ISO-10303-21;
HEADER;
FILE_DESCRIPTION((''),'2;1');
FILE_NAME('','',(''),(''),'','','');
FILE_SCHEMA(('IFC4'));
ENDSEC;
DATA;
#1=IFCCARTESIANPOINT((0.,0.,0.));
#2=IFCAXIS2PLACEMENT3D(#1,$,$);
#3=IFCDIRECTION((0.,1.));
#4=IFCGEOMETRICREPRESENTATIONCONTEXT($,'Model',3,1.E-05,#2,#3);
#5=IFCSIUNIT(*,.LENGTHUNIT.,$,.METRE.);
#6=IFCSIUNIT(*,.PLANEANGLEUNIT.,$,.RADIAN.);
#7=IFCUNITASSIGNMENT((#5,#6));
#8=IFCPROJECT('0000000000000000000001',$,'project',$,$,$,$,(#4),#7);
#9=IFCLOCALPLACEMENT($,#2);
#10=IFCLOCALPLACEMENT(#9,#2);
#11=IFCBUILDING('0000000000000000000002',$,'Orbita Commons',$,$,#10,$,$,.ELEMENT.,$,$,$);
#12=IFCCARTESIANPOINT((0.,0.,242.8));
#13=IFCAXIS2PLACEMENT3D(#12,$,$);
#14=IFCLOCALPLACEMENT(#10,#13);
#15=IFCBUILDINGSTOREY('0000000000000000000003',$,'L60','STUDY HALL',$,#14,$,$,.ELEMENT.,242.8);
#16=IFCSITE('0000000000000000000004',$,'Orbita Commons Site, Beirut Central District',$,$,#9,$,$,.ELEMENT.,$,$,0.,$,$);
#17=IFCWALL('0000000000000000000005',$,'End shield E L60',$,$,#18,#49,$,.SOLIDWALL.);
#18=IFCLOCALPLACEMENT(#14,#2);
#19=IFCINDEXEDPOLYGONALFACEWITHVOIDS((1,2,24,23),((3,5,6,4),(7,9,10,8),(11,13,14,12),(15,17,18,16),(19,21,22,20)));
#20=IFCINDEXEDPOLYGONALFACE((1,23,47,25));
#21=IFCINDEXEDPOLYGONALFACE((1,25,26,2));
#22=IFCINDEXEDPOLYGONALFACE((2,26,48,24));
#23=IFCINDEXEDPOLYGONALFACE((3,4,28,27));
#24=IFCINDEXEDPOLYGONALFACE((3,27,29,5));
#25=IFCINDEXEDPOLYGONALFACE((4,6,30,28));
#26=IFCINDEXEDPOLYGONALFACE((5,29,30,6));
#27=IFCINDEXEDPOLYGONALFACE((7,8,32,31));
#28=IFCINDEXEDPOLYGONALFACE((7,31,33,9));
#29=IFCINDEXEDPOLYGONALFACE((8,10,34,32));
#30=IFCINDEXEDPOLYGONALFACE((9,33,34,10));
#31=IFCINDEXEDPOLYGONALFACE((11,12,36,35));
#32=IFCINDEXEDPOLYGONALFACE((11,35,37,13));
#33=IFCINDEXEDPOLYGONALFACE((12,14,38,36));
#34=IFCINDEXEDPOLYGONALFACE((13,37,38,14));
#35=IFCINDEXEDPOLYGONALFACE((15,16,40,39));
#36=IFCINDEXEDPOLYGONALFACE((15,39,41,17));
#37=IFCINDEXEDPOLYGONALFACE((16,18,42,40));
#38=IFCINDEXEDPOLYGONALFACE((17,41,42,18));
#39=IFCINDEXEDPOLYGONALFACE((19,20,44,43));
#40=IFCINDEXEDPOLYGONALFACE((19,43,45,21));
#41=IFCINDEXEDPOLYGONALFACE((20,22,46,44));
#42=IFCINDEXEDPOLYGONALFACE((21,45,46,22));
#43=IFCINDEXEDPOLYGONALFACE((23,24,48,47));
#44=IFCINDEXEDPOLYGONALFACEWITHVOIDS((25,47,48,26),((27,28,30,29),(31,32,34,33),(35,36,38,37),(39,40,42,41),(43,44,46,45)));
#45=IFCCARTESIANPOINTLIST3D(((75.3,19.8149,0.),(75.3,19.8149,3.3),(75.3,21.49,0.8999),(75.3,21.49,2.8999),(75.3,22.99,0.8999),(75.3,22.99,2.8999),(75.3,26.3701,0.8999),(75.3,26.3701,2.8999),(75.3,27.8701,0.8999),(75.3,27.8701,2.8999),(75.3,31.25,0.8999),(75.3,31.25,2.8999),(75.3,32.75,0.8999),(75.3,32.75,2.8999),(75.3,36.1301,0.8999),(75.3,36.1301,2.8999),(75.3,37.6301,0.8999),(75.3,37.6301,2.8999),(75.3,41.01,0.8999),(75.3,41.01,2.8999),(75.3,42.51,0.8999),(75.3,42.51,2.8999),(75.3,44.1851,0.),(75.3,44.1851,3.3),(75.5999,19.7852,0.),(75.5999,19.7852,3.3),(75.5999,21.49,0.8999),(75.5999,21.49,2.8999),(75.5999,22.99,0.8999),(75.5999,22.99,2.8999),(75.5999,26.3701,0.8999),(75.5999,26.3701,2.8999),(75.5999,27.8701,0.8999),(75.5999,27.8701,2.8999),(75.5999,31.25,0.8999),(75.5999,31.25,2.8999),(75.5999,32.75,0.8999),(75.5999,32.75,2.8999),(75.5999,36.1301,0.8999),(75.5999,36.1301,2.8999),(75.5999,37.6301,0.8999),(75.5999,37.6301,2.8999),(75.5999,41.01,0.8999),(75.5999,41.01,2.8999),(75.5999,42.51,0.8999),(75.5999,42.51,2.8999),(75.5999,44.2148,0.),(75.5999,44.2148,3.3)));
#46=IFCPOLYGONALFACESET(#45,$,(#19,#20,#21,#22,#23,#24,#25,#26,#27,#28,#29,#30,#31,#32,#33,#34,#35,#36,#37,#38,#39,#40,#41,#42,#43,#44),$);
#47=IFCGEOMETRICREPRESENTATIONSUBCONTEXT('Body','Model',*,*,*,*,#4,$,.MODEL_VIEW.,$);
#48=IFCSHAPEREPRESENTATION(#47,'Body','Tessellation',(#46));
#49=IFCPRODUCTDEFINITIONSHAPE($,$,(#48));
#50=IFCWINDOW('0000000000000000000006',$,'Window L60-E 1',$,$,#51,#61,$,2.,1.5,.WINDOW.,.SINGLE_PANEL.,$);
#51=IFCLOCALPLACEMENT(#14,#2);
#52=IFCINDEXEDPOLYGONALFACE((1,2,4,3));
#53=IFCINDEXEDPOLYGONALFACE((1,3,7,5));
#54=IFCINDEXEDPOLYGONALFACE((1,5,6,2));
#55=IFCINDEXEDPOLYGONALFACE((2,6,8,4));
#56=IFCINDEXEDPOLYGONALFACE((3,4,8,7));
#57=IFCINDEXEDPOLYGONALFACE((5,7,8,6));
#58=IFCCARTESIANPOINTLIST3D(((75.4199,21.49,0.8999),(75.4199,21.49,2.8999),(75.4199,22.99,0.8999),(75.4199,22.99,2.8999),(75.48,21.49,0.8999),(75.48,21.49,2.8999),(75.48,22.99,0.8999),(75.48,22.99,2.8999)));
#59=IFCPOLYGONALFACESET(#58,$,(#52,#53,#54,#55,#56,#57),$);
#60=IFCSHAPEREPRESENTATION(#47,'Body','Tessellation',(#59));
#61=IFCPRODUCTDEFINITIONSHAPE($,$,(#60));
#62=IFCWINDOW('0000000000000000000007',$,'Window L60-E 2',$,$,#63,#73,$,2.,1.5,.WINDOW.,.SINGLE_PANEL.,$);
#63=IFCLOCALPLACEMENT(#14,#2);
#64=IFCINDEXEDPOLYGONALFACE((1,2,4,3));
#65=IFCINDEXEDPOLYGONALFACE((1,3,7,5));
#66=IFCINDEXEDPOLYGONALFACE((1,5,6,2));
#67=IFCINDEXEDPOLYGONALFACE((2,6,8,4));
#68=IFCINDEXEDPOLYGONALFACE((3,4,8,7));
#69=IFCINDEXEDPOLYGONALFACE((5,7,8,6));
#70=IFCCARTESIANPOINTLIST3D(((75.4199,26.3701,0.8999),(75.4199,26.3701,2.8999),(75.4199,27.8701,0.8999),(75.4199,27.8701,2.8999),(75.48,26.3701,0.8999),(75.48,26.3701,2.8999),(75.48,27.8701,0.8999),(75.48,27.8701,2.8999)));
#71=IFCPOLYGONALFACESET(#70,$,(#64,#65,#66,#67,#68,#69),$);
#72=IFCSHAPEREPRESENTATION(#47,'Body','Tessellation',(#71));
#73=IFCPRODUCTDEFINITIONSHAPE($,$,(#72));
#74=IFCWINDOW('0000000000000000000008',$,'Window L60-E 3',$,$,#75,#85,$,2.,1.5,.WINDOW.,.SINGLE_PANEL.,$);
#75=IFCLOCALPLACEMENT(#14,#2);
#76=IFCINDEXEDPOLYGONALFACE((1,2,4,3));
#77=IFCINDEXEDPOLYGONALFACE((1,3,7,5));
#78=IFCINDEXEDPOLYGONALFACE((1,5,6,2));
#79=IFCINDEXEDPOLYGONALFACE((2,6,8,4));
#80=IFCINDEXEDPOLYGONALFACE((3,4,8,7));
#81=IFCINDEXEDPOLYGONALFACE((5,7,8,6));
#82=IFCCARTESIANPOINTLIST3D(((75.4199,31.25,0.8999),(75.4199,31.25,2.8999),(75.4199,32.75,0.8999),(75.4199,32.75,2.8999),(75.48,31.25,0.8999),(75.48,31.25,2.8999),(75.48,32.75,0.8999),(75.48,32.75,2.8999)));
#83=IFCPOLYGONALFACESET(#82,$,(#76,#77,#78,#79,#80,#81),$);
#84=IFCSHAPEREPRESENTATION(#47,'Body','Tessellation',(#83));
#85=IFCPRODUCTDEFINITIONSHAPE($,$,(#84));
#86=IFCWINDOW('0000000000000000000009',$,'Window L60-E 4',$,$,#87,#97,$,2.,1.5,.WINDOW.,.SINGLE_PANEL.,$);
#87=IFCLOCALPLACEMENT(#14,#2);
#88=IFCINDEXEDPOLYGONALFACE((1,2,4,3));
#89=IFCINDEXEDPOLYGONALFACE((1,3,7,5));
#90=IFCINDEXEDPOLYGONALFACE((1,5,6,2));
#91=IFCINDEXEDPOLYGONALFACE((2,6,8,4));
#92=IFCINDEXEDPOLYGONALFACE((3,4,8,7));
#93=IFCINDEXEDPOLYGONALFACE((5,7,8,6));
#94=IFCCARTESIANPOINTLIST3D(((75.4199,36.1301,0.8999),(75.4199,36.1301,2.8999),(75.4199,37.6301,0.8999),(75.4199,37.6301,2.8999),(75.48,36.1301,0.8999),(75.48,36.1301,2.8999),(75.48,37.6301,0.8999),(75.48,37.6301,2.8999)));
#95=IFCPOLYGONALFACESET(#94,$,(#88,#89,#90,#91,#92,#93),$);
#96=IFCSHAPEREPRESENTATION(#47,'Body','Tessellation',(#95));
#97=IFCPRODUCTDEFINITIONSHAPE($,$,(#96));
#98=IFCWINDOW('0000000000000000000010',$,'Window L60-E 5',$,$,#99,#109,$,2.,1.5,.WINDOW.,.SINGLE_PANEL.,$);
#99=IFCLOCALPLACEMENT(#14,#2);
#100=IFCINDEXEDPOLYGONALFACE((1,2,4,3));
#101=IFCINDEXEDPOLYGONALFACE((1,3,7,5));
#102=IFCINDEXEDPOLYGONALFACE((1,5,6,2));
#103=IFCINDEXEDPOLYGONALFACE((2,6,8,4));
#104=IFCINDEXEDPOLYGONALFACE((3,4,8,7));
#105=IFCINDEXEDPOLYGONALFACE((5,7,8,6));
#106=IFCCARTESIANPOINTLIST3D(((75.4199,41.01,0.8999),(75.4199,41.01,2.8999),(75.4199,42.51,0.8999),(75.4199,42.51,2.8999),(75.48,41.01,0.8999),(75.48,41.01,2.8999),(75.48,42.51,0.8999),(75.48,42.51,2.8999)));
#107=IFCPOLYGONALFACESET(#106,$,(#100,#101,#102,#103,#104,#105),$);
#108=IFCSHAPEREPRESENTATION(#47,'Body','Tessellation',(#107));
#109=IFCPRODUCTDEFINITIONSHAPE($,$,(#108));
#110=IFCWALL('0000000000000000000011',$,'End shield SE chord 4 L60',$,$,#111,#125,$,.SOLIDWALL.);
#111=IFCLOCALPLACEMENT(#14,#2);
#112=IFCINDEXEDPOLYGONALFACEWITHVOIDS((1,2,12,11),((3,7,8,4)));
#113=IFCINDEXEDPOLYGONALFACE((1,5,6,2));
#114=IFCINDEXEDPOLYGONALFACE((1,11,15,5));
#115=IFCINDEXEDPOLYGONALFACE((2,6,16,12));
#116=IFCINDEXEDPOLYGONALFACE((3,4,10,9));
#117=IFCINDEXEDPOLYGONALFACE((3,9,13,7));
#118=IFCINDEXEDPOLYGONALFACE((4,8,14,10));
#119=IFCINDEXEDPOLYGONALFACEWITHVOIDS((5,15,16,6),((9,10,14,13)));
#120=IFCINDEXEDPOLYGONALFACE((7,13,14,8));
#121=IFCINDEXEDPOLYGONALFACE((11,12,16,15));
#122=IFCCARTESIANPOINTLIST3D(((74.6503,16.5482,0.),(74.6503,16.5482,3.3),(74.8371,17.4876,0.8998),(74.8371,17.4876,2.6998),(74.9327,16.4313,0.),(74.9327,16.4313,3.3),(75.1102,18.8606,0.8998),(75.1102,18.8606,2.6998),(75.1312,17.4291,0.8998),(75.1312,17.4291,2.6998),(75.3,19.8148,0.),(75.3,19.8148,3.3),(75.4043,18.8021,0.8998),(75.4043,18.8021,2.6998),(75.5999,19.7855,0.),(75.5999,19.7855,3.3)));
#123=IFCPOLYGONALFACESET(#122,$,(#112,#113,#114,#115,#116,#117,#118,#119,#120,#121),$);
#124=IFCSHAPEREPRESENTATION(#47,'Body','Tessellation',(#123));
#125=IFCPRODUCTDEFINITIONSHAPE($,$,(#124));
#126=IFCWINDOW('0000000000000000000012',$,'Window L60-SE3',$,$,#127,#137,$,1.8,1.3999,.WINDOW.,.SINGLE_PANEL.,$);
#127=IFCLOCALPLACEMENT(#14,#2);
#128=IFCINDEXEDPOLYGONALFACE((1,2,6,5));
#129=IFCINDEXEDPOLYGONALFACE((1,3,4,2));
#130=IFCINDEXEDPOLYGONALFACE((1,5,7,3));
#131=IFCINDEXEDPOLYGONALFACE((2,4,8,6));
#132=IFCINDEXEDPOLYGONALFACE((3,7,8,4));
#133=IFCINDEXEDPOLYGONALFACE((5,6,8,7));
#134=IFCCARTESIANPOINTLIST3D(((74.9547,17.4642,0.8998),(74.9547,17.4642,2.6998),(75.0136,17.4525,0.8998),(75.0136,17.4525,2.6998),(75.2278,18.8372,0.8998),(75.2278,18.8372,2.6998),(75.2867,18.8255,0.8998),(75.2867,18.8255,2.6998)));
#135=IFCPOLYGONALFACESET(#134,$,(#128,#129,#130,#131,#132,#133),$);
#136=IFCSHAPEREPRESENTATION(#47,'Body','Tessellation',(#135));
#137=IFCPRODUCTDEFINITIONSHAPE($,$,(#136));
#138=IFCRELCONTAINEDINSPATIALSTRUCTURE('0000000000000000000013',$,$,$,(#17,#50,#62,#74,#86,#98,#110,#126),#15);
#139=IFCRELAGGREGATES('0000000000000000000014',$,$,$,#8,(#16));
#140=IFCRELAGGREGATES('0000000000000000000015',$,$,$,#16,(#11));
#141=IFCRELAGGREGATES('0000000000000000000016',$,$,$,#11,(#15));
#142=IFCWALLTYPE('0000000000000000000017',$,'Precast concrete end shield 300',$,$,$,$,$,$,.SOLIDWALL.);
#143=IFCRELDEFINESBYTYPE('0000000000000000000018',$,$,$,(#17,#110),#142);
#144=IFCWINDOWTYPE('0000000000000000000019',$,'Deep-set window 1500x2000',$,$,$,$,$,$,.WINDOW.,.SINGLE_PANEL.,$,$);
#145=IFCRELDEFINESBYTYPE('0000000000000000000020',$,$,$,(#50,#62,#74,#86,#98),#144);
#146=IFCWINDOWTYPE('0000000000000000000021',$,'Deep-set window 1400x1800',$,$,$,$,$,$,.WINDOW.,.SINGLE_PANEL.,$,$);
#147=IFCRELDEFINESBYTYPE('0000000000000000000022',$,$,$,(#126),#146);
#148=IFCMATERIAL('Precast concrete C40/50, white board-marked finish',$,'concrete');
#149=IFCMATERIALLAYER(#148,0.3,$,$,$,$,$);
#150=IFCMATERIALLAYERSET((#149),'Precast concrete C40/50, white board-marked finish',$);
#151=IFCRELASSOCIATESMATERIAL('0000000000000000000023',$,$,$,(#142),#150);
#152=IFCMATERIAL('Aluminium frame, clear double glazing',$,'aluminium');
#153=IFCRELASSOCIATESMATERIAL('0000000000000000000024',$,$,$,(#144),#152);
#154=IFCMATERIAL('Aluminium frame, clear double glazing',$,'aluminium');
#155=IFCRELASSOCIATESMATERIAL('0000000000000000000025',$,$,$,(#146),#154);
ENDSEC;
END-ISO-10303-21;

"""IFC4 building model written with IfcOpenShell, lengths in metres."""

from ifc_helpers import new_model, si_unit, direction, frame, frame_2d, origin, place, context, subcontext, project, spatial, polyline, rectangle, outline, extrude, material, layer, layer_set, type_object, element, fill, save


model = new_model("IFC4")

# Units and contexts
model_context = context("Model", 3, precision=1e-05, world=origin(), true_north=direction((0.0, 1.0)))
body_context = subcontext(model_context, "Body", "Model", "MODEL_VIEW")
ifc_project = project(units=[si_unit("LENGTHUNIT", "METRE"), si_unit("PLANEANGLEUNIT", "RADIAN")], contexts=[model_context])

# Site, building, storey
site_placement = place(None, origin())
site = spatial("IfcSite", under=ifc_project, at=site_placement, Name="Orbita Commons Site, Beirut Central District", CompositionType="ELEMENT", RefElevation=0.0)
building_placement = place(site_placement, origin())
building = spatial("IfcBuilding", under=site, at=building_placement, Name="Orbita Commons", CompositionType="ELEMENT")
storey_placement = place(building_placement, frame((0.0, 0.0, 242.8)))
storey = spatial("IfcBuildingStorey", under=building, at=storey_placement, Name="L60", Description="STUDY HALL", CompositionType="ELEMENT", Elevation=242.8)

# Wall, openings, windows
ifc_material_1 = material(Name="Precast concrete C40/50, white board-marked finish", Category="concrete")
ifc_layer_1 = layer(ifc_material_1, 0.3)
ifc_layer_set_1 = layer_set([ifc_layer_1], Name="Precast concrete C40/50, white board-marked finish")
wall_type_1 = type_object("IfcWallType", Name="Precast concrete end shield 300", PredefinedType="SOLIDWALL", material=ifc_layer_set_1)
wall_1_placement = place(storey_placement, frame((75.45, 19.8, 0.0), z_axis=(0.0, 0.0, 1.0), x_axis=(0.0, 1.0, 0.0)))
wall_1 = element("IfcWall", 1, at=wall_1_placement, inside=storey, type_object=wall_type_1, Name="End shield E L60", PredefinedType="SOLIDWALL", context=body_context, shape_type="SweptSolid", body=[
    extrude(outline(polyline([(-0.0149, -0.1499), (24.4148, -0.1499), (24.385, 0.1499), (0.0149, 0.1499), (-0.0149, -0.1499)])), origin(), (0.0, 0.0, 1.0), 3.3),
])
opening_1_placement = place(wall_1_placement, frame((1.6899, 0.0, 0.8999)))
opening_1 = element("IfcOpeningElement", 2, at=opening_1_placement, cuts=wall_1, PredefinedType="OPENING", context=body_context, shape_type="SweptSolid", body=[
    extrude(rectangle(XDim=1.5, YDim=2.0, at=frame_2d((0.75, 1.0))), frame((0.0, 0.1599, 0.0), z_axis=(0.0, -1.0, 0.0), x_axis=(1.0, 0.0, 0.0)), (0.0, 0.0, 1.0), 0.3201),
])
opening_2_placement = place(wall_1_placement, frame((6.5701, 0.0, 0.8999)))
opening_2 = element("IfcOpeningElement", 3, at=opening_2_placement, cuts=wall_1, PredefinedType="OPENING", context=body_context, shape_type="SweptSolid", body=[
    extrude(rectangle(XDim=1.5, YDim=2.0, at=frame_2d((0.75, 1.0))), frame((0.0, 0.1599, 0.0), z_axis=(0.0, -1.0, 0.0), x_axis=(1.0, 0.0, 0.0)), (0.0, 0.0, 1.0), 0.3201),
])
opening_3_placement = place(wall_1_placement, frame((11.45, 0.0, 0.8999)))
opening_3 = element("IfcOpeningElement", 4, at=opening_3_placement, cuts=wall_1, PredefinedType="OPENING", context=body_context, shape_type="SweptSolid", body=[
    extrude(rectangle(XDim=1.5, YDim=2.0, at=frame_2d((0.75, 1.0))), frame((0.0, 0.1599, 0.0), z_axis=(0.0, -1.0, 0.0), x_axis=(1.0, 0.0, 0.0)), (0.0, 0.0, 1.0), 0.3201),
])
opening_4_placement = place(wall_1_placement, frame((16.3301, 0.0, 0.8999)))
opening_4 = element("IfcOpeningElement", 5, at=opening_4_placement, cuts=wall_1, PredefinedType="OPENING", context=body_context, shape_type="SweptSolid", body=[
    extrude(rectangle(XDim=1.5, YDim=2.0, at=frame_2d((0.75, 1.0))), frame((0.0, 0.1599, 0.0), z_axis=(0.0, -1.0, 0.0), x_axis=(1.0, 0.0, 0.0)), (0.0, 0.0, 1.0), 0.3201),
])
opening_5_placement = place(wall_1_placement, frame((21.21, 0.0, 0.8999)))
opening_5 = element("IfcOpeningElement", 6, at=opening_5_placement, cuts=wall_1, PredefinedType="OPENING", context=body_context, shape_type="SweptSolid", body=[
    extrude(rectangle(XDim=1.5, YDim=2.0, at=frame_2d((0.75, 1.0))), frame((0.0, 0.1599, 0.0), z_axis=(0.0, -1.0, 0.0), x_axis=(1.0, 0.0, 0.0)), (0.0, 0.0, 1.0), 0.3201),
])
ifc_material_2 = material(Name="Aluminium frame, clear double glazing", Category="aluminium")
window_type_1 = type_object("IfcWindowType", Name="Deep-set window 1500x2000", PartitioningType="SINGLE_PANEL", PredefinedType="WINDOW", material=ifc_material_2)
window_1_placement = place(opening_1_placement, origin())
window_1 = element("IfcWindow", 7, at=window_1_placement, inside=storey, type_object=window_type_1, Name="Window L60-E 1", OverallHeight=2.0, OverallWidth=1.5, PartitioningType="SINGLE_PANEL", PredefinedType="WINDOW", context=body_context, shape_type="SweptSolid", body=[
    extrude(rectangle(XDim=1.5, YDim=2.0, at=frame_2d((0.75, 1.0))), frame((0.0, 0.03, 0.0), z_axis=(0.0, -1.0, 0.0), x_axis=(1.0, 0.0, 0.0)), (0.0, 0.0, 1.0), 0.0601),
])
fill(opening_1, window_1)
window_2_placement = place(opening_2_placement, origin())
window_2 = element("IfcWindow", 8, at=window_2_placement, inside=storey, type_object=window_type_1, Name="Window L60-E 2", OverallHeight=2.0, OverallWidth=1.5, PartitioningType="SINGLE_PANEL", PredefinedType="WINDOW", context=body_context, shape_type="SweptSolid", body=[
    extrude(rectangle(XDim=1.5, YDim=2.0, at=frame_2d((0.75, 1.0))), frame((0.0, 0.03, 0.0), z_axis=(0.0, -1.0, 0.0), x_axis=(1.0, 0.0, 0.0)), (0.0, 0.0, 1.0), 0.0601),
])
fill(opening_2, window_2)
window_3_placement = place(opening_3_placement, origin())
window_3 = element("IfcWindow", 9, at=window_3_placement, inside=storey, type_object=window_type_1, Name="Window L60-E 3", OverallHeight=2.0, OverallWidth=1.5, PartitioningType="SINGLE_PANEL", PredefinedType="WINDOW", context=body_context, shape_type="SweptSolid", body=[
    extrude(rectangle(XDim=1.5, YDim=2.0, at=frame_2d((0.75, 1.0))), frame((0.0, 0.03, 0.0), z_axis=(0.0, -1.0, 0.0), x_axis=(1.0, 0.0, 0.0)), (0.0, 0.0, 1.0), 0.0601),
])
fill(opening_3, window_3)
window_4_placement = place(opening_4_placement, origin())
window_4 = element("IfcWindow", 10, at=window_4_placement, inside=storey, type_object=window_type_1, Name="Window L60-E 4", OverallHeight=2.0, OverallWidth=1.5, PartitioningType="SINGLE_PANEL", PredefinedType="WINDOW", context=body_context, shape_type="SweptSolid", body=[
    extrude(rectangle(XDim=1.5, YDim=2.0, at=frame_2d((0.75, 1.0))), frame((0.0, 0.03, 0.0), z_axis=(0.0, -1.0, 0.0), x_axis=(1.0, 0.0, 0.0)), (0.0, 0.0, 1.0), 0.0601),
])
fill(opening_4, window_4)
window_5_placement = place(opening_5_placement, origin())
window_5 = element("IfcWindow", 11, at=window_5_placement, inside=storey, type_object=window_type_1, Name="Window L60-E 5", OverallHeight=2.0, OverallWidth=1.5, PartitioningType="SINGLE_PANEL", PredefinedType="WINDOW", context=body_context, shape_type="SweptSolid", body=[
    extrude(rectangle(XDim=1.5, YDim=2.0, at=frame_2d((0.75, 1.0))), frame((0.0, 0.03, 0.0), z_axis=(0.0, -1.0, 0.0), x_axis=(1.0, 0.0, 0.0)), (0.0, 0.0, 1.0), 0.0601),
])
fill(opening_5, window_5)

# Wall, opening, window
wall_2_placement = place(storey_placement, frame((74.7915, 16.4897, 0.0), z_axis=(0.0, 0.0, 1.0), x_axis=(0.195087, 0.980786, 0.0)))
wall_2 = element("IfcWall", 12, at=wall_2_placement, inside=storey, type_object=wall_type_1, Name="End shield SE chord 4 L60", PredefinedType="SOLIDWALL", context=body_context, shape_type="SweptSolid", body=[
    extrude(outline(polyline([(-0.0298, -0.1499), (3.3901, -0.1499), (3.3604, 0.1499), (0.0298, 0.1499), (-0.0298, -0.1499)])), origin(), (0.0, 0.0, 1.0), 3.3),
])
opening_6_placement = place(wall_2_placement, frame((0.9875, 0.0, 0.8999)))
opening_6 = element("IfcOpeningElement", 13, at=opening_6_placement, cuts=wall_2, PredefinedType="OPENING", context=body_context, shape_type="SweptSolid", body=[
    extrude(rectangle(XDim=1.3999, YDim=1.8, at=frame_2d((0.7, 0.8999))), frame((0.0, 0.1599, 0.0), z_axis=(0.0, -1.0, 0.0), x_axis=(1.0, 0.0, 0.0)), (0.0, 0.0, 1.0), 0.3201),
])
ifc_material_3 = material(Name="Aluminium frame, clear double glazing", Category="aluminium")
window_type_2 = type_object("IfcWindowType", Name="Deep-set window 1400x1800", PartitioningType="SINGLE_PANEL", PredefinedType="WINDOW", material=ifc_material_3)
window_6_placement = place(opening_6_placement, origin())
window_6 = element("IfcWindow", 14, at=window_6_placement, inside=storey, type_object=window_type_2, Name="Window L60-SE3", OverallHeight=1.8, OverallWidth=1.3999, PartitioningType="SINGLE_PANEL", PredefinedType="WINDOW", context=body_context, shape_type="SweptSolid", body=[
    extrude(rectangle(XDim=1.3999, YDim=1.8, at=frame_2d((0.7, 0.8999))), frame((0.0, 0.03, 0.0), z_axis=(0.0, -1.0, 0.0), x_axis=(1.0, 0.0, 0.0)), (0.0, 0.0, 1.0), 0.0601),
])
fill(opening_6, window_6)

save(model, "model.ifc")
